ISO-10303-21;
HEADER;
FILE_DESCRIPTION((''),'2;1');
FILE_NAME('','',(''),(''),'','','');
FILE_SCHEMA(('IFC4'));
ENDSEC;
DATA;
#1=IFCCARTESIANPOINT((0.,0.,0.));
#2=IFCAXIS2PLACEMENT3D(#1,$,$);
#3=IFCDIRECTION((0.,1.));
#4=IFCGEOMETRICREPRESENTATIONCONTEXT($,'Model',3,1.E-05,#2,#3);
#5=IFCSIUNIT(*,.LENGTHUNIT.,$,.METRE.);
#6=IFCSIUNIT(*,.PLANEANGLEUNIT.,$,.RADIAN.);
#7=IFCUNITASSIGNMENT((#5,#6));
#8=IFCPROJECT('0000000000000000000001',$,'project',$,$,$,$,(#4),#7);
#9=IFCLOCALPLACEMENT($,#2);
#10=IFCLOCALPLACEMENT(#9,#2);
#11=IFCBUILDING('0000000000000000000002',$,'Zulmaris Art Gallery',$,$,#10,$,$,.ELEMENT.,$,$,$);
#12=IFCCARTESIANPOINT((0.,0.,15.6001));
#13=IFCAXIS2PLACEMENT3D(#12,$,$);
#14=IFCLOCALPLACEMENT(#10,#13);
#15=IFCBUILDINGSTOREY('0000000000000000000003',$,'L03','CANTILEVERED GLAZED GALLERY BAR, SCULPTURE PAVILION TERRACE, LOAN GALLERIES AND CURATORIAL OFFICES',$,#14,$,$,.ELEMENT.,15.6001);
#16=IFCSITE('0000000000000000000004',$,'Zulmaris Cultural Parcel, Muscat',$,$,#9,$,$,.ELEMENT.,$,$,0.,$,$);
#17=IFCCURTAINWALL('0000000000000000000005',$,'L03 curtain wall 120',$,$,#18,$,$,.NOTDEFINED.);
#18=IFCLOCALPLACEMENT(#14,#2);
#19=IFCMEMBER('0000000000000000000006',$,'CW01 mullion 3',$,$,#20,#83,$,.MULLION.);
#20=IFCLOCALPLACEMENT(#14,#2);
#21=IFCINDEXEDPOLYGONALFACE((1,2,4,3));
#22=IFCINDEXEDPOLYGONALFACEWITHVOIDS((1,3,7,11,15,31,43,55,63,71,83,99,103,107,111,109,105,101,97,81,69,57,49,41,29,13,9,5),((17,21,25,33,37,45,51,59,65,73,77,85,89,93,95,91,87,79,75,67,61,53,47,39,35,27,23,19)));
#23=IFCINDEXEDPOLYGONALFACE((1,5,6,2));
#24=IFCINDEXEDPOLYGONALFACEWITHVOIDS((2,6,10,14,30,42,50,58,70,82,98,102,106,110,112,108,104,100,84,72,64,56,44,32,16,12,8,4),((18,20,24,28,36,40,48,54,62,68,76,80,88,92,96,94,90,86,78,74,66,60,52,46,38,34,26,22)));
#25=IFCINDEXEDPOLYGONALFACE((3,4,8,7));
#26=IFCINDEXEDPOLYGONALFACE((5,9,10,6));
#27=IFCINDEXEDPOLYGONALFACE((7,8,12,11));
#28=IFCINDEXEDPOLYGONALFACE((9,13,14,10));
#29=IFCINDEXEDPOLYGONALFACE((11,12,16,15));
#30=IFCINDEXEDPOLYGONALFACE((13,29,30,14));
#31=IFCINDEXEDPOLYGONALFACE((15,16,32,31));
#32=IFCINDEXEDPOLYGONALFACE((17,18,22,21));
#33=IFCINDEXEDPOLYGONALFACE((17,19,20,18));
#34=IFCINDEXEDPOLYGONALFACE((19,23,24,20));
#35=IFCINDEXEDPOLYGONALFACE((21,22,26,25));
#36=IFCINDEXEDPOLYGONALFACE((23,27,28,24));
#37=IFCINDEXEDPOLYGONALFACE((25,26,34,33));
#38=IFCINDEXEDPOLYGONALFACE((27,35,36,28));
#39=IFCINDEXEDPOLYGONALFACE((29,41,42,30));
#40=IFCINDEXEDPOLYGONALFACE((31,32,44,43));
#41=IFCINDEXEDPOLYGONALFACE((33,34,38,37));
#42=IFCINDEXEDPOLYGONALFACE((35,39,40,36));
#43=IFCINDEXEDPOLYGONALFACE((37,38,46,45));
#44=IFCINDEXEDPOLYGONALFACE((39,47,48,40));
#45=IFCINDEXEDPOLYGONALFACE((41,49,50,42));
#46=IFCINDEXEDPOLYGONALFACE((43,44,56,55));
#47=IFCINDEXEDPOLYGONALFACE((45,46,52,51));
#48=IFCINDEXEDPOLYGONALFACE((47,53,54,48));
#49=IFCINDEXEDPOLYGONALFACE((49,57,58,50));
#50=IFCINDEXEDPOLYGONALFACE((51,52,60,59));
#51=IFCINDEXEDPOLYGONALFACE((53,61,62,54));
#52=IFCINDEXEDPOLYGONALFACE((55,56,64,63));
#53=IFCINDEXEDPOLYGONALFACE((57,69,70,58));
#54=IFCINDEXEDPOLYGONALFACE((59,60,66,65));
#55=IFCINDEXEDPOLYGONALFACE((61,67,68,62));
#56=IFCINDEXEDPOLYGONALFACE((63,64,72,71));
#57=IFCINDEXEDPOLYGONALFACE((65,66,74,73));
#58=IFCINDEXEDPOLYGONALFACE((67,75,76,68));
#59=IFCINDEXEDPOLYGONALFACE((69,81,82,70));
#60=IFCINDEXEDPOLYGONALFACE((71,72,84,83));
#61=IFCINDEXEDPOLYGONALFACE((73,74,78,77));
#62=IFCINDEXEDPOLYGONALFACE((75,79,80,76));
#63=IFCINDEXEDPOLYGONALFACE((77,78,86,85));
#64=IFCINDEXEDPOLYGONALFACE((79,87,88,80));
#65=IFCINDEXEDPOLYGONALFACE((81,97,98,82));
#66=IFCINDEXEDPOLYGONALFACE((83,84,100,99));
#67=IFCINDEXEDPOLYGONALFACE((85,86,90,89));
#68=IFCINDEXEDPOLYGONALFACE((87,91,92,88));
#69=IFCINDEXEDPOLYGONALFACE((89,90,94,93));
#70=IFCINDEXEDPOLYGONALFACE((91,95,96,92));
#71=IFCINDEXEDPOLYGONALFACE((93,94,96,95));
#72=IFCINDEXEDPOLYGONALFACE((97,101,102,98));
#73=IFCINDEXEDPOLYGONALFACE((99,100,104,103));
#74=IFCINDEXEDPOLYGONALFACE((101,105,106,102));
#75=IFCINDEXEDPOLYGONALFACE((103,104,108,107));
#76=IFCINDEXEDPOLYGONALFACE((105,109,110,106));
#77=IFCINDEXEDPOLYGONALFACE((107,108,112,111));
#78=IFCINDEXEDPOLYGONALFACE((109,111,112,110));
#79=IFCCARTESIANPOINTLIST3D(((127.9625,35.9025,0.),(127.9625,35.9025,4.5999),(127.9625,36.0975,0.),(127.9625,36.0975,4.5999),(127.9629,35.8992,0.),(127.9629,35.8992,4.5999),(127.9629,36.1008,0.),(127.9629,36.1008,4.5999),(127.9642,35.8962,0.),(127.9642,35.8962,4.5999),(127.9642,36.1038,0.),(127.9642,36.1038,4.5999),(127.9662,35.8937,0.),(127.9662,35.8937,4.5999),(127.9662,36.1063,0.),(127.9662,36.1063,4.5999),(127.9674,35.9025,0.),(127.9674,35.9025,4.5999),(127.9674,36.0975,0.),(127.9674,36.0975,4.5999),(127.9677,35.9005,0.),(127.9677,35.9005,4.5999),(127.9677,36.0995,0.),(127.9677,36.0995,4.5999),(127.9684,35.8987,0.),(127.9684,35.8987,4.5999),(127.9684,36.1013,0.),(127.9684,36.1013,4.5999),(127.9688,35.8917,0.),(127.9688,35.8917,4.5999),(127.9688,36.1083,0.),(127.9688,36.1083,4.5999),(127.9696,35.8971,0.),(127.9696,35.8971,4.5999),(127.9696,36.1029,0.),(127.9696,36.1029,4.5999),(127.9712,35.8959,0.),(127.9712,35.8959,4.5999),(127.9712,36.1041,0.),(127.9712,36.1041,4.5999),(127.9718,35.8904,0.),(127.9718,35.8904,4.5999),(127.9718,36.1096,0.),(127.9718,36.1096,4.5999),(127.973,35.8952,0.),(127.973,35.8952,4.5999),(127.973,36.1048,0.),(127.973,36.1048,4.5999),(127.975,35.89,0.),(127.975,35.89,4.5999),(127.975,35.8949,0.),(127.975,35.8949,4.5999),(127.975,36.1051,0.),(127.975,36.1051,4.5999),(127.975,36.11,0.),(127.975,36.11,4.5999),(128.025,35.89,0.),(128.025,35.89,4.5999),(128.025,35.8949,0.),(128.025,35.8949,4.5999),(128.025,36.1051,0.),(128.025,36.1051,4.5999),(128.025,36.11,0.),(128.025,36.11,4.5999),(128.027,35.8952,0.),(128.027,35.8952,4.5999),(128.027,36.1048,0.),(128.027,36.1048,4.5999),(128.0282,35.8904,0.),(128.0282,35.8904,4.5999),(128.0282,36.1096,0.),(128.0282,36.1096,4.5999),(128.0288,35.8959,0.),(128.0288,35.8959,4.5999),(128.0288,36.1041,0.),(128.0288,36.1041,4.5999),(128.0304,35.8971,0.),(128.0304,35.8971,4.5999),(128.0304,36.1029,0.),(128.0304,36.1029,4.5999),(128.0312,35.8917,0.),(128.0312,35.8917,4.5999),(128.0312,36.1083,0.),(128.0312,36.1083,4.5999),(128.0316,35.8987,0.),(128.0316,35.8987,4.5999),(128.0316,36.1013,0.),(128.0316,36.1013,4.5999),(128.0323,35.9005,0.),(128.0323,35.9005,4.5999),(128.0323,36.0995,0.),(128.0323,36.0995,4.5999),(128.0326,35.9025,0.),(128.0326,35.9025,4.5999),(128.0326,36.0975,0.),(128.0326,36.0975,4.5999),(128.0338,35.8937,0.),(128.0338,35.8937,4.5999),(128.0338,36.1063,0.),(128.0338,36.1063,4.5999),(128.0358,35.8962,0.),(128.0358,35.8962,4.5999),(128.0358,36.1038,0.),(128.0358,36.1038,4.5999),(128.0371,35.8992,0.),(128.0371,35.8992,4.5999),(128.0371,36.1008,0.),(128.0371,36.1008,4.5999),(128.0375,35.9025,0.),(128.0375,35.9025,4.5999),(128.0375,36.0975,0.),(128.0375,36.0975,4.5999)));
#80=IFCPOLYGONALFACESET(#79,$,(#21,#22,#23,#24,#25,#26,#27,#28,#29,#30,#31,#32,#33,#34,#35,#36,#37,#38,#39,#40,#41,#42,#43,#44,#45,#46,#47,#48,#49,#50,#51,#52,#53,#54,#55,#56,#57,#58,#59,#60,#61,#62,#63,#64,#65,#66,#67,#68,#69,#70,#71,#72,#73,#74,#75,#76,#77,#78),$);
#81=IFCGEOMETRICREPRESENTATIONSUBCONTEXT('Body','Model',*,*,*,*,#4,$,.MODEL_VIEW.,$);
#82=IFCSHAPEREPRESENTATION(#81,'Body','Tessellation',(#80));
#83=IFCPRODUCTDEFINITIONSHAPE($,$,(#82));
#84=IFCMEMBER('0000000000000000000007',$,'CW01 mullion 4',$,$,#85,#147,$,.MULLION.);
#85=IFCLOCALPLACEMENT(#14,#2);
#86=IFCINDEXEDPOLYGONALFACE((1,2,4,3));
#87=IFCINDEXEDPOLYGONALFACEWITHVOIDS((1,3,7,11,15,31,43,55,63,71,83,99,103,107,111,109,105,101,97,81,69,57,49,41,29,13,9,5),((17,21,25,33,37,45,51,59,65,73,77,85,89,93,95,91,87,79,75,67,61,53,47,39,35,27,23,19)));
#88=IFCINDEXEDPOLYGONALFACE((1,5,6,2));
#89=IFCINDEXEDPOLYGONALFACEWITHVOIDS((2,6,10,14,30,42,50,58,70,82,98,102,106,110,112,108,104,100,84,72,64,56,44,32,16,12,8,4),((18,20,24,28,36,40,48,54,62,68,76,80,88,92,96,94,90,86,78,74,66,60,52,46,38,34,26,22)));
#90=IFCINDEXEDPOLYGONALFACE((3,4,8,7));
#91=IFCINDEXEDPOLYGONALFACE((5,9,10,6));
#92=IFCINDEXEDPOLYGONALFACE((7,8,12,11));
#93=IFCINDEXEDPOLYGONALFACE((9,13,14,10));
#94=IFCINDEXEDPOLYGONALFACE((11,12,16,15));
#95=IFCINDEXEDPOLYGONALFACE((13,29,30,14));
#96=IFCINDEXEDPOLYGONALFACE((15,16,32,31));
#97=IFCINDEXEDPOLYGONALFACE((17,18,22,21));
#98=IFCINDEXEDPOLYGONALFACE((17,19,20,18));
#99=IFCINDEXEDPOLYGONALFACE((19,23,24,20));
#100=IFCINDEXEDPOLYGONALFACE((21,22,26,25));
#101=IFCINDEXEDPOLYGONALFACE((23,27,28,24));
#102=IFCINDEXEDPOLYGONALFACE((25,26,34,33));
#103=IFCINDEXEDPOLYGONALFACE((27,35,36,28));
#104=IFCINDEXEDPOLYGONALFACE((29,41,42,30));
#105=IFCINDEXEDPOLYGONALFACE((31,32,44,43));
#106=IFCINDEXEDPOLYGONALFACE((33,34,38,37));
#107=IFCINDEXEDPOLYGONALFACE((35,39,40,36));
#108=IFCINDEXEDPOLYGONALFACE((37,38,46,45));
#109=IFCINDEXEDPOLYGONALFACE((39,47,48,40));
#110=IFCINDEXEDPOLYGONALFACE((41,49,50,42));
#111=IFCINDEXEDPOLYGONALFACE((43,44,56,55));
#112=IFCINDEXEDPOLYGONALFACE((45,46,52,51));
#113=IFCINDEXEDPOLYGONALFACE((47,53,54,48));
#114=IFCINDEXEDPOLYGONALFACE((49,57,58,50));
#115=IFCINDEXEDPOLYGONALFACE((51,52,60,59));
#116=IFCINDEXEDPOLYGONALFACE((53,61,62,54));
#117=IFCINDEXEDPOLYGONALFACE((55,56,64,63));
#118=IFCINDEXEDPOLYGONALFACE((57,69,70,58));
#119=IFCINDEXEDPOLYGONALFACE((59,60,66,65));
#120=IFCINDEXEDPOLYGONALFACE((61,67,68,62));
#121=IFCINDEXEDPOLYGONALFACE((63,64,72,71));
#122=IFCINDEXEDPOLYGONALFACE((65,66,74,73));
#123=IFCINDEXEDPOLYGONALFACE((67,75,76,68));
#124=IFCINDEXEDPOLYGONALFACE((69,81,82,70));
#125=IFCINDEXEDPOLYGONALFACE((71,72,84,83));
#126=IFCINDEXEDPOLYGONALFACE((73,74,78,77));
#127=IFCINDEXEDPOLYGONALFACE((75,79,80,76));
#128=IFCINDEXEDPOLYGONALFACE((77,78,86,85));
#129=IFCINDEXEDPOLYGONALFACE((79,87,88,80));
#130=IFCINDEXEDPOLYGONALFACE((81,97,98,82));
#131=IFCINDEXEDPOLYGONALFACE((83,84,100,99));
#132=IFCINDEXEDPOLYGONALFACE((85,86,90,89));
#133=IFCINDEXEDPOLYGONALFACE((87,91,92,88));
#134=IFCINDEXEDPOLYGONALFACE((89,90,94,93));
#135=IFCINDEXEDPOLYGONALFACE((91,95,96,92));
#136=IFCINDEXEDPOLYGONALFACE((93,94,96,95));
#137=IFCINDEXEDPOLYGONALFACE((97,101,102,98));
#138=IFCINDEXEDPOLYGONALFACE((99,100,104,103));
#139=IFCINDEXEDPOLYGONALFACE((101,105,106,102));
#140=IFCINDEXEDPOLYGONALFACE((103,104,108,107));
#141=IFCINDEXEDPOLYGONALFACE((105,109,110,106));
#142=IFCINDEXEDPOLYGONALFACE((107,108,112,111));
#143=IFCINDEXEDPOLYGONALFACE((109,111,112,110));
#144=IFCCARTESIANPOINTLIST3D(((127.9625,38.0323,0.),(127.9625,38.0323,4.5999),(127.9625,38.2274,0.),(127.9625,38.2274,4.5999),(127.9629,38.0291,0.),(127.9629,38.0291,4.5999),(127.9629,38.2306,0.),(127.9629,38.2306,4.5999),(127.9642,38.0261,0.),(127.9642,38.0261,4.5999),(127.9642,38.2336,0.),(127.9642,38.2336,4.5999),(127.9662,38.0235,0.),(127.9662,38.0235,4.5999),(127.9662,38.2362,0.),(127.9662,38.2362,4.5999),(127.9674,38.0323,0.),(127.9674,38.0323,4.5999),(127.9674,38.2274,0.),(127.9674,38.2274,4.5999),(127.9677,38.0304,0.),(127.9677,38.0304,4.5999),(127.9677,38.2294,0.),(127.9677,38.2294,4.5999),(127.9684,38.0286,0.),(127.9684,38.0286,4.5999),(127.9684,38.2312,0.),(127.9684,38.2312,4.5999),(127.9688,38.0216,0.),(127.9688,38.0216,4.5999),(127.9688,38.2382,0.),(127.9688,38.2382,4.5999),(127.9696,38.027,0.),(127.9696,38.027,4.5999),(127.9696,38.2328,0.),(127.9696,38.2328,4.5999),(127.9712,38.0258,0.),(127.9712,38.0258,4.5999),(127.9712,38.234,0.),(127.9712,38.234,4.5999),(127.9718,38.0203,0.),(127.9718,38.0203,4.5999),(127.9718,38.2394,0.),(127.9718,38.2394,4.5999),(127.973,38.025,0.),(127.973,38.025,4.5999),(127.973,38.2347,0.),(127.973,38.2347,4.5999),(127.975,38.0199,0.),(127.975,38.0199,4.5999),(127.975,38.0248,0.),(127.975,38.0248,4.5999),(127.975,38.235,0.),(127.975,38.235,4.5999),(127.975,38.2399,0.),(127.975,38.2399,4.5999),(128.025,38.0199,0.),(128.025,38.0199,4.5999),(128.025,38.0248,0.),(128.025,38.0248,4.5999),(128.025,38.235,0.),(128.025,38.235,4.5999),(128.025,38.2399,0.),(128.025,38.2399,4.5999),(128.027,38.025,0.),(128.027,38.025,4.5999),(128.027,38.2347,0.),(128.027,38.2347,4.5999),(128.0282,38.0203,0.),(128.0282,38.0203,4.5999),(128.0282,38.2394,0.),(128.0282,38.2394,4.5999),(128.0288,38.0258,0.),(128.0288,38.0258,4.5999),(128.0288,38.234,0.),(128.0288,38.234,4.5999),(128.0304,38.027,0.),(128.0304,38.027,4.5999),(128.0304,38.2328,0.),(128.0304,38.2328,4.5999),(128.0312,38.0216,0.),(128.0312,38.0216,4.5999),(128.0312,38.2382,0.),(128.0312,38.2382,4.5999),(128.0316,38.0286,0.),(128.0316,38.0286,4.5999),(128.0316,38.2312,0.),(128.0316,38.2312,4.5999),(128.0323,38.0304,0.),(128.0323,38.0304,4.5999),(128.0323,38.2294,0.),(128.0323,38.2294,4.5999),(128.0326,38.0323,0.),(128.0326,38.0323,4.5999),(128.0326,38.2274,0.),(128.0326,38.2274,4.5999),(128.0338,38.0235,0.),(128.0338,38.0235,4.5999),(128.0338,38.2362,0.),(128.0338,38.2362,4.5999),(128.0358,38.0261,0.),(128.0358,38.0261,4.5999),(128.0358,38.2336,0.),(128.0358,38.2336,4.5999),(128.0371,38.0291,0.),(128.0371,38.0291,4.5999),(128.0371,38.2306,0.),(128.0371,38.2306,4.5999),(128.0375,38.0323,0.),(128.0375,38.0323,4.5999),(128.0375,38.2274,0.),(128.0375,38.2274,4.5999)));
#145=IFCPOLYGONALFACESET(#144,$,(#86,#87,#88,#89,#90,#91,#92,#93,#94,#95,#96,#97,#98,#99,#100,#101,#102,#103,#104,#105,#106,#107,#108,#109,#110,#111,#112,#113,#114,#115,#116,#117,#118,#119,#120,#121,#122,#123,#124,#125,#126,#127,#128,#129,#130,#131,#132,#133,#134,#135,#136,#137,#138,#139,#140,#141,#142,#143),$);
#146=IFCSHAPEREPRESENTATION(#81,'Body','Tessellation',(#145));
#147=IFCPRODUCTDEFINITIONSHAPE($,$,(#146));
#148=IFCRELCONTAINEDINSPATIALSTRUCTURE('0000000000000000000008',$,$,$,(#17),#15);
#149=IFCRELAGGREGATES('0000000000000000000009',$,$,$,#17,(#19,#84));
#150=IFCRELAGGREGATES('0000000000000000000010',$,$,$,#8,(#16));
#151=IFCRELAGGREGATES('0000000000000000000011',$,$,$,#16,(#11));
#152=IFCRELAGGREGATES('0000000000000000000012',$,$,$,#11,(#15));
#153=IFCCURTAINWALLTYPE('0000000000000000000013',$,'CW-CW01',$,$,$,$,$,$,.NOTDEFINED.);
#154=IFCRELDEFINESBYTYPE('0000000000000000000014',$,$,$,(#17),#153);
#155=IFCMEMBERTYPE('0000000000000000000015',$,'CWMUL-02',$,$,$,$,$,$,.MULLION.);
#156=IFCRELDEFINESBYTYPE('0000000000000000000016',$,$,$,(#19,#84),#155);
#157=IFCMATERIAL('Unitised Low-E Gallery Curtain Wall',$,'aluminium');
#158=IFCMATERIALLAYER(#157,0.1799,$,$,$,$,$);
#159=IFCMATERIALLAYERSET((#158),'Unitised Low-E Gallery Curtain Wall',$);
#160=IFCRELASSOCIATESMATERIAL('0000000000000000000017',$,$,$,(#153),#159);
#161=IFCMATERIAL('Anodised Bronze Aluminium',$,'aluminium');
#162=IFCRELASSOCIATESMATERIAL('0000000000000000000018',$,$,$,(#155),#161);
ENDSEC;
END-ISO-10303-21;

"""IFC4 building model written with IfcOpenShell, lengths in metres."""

from ifc_helpers import new_model, si_unit, direction, frame, origin, origin_2d, place, context, subcontext, project, spatial, hollow_rectangle, extrude, material, layer, layer_set, material_profile, profile_set, type_object, element, aggregate, save


model = new_model("IFC4")

# Units and contexts
model_context = context("Model", 3, precision=1e-05, world=origin(), true_north=direction((0.0, 1.0)))
body_context = subcontext(model_context, "Body", "Model", "MODEL_VIEW")
ifc_project = project(units=[si_unit("LENGTHUNIT", "METRE"), si_unit("PLANEANGLEUNIT", "RADIAN")], contexts=[model_context])

# Site, building, storey
site_placement = place(None, origin())
site = spatial("IfcSite", under=ifc_project, at=site_placement, Name="Zulmaris Cultural Parcel, Muscat", CompositionType="ELEMENT", RefElevation=0.0)
building_placement = place(site_placement, origin())
building = spatial("IfcBuilding", under=site, at=building_placement, Name="Zulmaris Art Gallery", CompositionType="ELEMENT")
storey_placement = place(building_placement, frame((0.0, 0.0, 15.6001)))
storey = spatial("IfcBuildingStorey", under=building, at=storey_placement, Name="L03", Description="CANTILEVERED GLAZED GALLERY BAR, SCULPTURE PAVILION TERRACE, LOAN GALLERIES AND CURATORIAL OFFICES", CompositionType="ELEMENT", Elevation=15.6001)

# Curtain wall, members
ifc_material_1 = material(Name="Unitised Low-E Gallery Curtain Wall", Category="aluminium")
ifc_layer_1 = layer(ifc_material_1, 0.1799)
ifc_layer_set_1 = layer_set([ifc_layer_1], Name="Unitised Low-E Gallery Curtain Wall")
curtain_wall_type = type_object("IfcCurtainWallType", Name="CW-CW01", PredefinedType="NOTDEFINED", material=ifc_layer_set_1)
curtain_wall_placement = place(storey_placement, origin())
curtain_wall = element("IfcCurtainWall", 1, at=curtain_wall_placement, inside=storey, type_object=curtain_wall_type, Name="L03 curtain wall 120", PredefinedType="NOTDEFINED")
ifc_material_2 = material(Name="Anodised Bronze Aluminium", Category="aluminium")
ifc_material_profile_1 = material_profile(ifc_material_2, hollow_rectangle(XDim=0.075, YDim=0.22, WallThickness=0.0049, InnerFilletRadius=0.0076, OuterFilletRadius=0.0125, at=origin_2d()), Name="ALU 75x220x5")
ifc_profile_set_1 = profile_set([ifc_material_profile_1], Name="Anodised Bronze Aluminium")
member_type_1 = type_object("IfcMemberType", Name="CWMUL-02", PredefinedType="MULLION", material=ifc_profile_set_1)
member_1_placement = place(storey_placement, frame((128.0, 36.0, 0.0), z_axis=(0.0, 0.0, 1.0), x_axis=(-1.0, 0.0, 0.0)))
member_1 = element("IfcMember", 2, at=member_1_placement, type_object=member_type_1, Name="CW01 mullion 3", PredefinedType="MULLION", context=body_context, shape_type="SweptSolid", body=[
    extrude(hollow_rectangle(XDim=0.075, YDim=0.22, WallThickness=0.0049, InnerFilletRadius=0.0076, OuterFilletRadius=0.0125, at=origin_2d()), origin(), (0.0, 0.0, 1.0), 4.5999),
])
member_2_placement = place(storey_placement, frame((128.0, 38.1299, 0.0), z_axis=(0.0, 0.0, 1.0), x_axis=(-1.0, 0.0, 0.0)))
member_2 = element("IfcMember", 3, at=member_2_placement, type_object=member_type_1, Name="CW01 mullion 4", PredefinedType="MULLION", context=body_context, shape_type="SweptSolid", body=[
    extrude(hollow_rectangle(XDim=0.075, YDim=0.22, WallThickness=0.0049, InnerFilletRadius=0.0076, OuterFilletRadius=0.0125, at=origin_2d()), origin(), (0.0, 0.0, 1.0), 4.5999),
])
aggregate(curtain_wall, [member_1, member_2])

save(model, "model.ifc")
